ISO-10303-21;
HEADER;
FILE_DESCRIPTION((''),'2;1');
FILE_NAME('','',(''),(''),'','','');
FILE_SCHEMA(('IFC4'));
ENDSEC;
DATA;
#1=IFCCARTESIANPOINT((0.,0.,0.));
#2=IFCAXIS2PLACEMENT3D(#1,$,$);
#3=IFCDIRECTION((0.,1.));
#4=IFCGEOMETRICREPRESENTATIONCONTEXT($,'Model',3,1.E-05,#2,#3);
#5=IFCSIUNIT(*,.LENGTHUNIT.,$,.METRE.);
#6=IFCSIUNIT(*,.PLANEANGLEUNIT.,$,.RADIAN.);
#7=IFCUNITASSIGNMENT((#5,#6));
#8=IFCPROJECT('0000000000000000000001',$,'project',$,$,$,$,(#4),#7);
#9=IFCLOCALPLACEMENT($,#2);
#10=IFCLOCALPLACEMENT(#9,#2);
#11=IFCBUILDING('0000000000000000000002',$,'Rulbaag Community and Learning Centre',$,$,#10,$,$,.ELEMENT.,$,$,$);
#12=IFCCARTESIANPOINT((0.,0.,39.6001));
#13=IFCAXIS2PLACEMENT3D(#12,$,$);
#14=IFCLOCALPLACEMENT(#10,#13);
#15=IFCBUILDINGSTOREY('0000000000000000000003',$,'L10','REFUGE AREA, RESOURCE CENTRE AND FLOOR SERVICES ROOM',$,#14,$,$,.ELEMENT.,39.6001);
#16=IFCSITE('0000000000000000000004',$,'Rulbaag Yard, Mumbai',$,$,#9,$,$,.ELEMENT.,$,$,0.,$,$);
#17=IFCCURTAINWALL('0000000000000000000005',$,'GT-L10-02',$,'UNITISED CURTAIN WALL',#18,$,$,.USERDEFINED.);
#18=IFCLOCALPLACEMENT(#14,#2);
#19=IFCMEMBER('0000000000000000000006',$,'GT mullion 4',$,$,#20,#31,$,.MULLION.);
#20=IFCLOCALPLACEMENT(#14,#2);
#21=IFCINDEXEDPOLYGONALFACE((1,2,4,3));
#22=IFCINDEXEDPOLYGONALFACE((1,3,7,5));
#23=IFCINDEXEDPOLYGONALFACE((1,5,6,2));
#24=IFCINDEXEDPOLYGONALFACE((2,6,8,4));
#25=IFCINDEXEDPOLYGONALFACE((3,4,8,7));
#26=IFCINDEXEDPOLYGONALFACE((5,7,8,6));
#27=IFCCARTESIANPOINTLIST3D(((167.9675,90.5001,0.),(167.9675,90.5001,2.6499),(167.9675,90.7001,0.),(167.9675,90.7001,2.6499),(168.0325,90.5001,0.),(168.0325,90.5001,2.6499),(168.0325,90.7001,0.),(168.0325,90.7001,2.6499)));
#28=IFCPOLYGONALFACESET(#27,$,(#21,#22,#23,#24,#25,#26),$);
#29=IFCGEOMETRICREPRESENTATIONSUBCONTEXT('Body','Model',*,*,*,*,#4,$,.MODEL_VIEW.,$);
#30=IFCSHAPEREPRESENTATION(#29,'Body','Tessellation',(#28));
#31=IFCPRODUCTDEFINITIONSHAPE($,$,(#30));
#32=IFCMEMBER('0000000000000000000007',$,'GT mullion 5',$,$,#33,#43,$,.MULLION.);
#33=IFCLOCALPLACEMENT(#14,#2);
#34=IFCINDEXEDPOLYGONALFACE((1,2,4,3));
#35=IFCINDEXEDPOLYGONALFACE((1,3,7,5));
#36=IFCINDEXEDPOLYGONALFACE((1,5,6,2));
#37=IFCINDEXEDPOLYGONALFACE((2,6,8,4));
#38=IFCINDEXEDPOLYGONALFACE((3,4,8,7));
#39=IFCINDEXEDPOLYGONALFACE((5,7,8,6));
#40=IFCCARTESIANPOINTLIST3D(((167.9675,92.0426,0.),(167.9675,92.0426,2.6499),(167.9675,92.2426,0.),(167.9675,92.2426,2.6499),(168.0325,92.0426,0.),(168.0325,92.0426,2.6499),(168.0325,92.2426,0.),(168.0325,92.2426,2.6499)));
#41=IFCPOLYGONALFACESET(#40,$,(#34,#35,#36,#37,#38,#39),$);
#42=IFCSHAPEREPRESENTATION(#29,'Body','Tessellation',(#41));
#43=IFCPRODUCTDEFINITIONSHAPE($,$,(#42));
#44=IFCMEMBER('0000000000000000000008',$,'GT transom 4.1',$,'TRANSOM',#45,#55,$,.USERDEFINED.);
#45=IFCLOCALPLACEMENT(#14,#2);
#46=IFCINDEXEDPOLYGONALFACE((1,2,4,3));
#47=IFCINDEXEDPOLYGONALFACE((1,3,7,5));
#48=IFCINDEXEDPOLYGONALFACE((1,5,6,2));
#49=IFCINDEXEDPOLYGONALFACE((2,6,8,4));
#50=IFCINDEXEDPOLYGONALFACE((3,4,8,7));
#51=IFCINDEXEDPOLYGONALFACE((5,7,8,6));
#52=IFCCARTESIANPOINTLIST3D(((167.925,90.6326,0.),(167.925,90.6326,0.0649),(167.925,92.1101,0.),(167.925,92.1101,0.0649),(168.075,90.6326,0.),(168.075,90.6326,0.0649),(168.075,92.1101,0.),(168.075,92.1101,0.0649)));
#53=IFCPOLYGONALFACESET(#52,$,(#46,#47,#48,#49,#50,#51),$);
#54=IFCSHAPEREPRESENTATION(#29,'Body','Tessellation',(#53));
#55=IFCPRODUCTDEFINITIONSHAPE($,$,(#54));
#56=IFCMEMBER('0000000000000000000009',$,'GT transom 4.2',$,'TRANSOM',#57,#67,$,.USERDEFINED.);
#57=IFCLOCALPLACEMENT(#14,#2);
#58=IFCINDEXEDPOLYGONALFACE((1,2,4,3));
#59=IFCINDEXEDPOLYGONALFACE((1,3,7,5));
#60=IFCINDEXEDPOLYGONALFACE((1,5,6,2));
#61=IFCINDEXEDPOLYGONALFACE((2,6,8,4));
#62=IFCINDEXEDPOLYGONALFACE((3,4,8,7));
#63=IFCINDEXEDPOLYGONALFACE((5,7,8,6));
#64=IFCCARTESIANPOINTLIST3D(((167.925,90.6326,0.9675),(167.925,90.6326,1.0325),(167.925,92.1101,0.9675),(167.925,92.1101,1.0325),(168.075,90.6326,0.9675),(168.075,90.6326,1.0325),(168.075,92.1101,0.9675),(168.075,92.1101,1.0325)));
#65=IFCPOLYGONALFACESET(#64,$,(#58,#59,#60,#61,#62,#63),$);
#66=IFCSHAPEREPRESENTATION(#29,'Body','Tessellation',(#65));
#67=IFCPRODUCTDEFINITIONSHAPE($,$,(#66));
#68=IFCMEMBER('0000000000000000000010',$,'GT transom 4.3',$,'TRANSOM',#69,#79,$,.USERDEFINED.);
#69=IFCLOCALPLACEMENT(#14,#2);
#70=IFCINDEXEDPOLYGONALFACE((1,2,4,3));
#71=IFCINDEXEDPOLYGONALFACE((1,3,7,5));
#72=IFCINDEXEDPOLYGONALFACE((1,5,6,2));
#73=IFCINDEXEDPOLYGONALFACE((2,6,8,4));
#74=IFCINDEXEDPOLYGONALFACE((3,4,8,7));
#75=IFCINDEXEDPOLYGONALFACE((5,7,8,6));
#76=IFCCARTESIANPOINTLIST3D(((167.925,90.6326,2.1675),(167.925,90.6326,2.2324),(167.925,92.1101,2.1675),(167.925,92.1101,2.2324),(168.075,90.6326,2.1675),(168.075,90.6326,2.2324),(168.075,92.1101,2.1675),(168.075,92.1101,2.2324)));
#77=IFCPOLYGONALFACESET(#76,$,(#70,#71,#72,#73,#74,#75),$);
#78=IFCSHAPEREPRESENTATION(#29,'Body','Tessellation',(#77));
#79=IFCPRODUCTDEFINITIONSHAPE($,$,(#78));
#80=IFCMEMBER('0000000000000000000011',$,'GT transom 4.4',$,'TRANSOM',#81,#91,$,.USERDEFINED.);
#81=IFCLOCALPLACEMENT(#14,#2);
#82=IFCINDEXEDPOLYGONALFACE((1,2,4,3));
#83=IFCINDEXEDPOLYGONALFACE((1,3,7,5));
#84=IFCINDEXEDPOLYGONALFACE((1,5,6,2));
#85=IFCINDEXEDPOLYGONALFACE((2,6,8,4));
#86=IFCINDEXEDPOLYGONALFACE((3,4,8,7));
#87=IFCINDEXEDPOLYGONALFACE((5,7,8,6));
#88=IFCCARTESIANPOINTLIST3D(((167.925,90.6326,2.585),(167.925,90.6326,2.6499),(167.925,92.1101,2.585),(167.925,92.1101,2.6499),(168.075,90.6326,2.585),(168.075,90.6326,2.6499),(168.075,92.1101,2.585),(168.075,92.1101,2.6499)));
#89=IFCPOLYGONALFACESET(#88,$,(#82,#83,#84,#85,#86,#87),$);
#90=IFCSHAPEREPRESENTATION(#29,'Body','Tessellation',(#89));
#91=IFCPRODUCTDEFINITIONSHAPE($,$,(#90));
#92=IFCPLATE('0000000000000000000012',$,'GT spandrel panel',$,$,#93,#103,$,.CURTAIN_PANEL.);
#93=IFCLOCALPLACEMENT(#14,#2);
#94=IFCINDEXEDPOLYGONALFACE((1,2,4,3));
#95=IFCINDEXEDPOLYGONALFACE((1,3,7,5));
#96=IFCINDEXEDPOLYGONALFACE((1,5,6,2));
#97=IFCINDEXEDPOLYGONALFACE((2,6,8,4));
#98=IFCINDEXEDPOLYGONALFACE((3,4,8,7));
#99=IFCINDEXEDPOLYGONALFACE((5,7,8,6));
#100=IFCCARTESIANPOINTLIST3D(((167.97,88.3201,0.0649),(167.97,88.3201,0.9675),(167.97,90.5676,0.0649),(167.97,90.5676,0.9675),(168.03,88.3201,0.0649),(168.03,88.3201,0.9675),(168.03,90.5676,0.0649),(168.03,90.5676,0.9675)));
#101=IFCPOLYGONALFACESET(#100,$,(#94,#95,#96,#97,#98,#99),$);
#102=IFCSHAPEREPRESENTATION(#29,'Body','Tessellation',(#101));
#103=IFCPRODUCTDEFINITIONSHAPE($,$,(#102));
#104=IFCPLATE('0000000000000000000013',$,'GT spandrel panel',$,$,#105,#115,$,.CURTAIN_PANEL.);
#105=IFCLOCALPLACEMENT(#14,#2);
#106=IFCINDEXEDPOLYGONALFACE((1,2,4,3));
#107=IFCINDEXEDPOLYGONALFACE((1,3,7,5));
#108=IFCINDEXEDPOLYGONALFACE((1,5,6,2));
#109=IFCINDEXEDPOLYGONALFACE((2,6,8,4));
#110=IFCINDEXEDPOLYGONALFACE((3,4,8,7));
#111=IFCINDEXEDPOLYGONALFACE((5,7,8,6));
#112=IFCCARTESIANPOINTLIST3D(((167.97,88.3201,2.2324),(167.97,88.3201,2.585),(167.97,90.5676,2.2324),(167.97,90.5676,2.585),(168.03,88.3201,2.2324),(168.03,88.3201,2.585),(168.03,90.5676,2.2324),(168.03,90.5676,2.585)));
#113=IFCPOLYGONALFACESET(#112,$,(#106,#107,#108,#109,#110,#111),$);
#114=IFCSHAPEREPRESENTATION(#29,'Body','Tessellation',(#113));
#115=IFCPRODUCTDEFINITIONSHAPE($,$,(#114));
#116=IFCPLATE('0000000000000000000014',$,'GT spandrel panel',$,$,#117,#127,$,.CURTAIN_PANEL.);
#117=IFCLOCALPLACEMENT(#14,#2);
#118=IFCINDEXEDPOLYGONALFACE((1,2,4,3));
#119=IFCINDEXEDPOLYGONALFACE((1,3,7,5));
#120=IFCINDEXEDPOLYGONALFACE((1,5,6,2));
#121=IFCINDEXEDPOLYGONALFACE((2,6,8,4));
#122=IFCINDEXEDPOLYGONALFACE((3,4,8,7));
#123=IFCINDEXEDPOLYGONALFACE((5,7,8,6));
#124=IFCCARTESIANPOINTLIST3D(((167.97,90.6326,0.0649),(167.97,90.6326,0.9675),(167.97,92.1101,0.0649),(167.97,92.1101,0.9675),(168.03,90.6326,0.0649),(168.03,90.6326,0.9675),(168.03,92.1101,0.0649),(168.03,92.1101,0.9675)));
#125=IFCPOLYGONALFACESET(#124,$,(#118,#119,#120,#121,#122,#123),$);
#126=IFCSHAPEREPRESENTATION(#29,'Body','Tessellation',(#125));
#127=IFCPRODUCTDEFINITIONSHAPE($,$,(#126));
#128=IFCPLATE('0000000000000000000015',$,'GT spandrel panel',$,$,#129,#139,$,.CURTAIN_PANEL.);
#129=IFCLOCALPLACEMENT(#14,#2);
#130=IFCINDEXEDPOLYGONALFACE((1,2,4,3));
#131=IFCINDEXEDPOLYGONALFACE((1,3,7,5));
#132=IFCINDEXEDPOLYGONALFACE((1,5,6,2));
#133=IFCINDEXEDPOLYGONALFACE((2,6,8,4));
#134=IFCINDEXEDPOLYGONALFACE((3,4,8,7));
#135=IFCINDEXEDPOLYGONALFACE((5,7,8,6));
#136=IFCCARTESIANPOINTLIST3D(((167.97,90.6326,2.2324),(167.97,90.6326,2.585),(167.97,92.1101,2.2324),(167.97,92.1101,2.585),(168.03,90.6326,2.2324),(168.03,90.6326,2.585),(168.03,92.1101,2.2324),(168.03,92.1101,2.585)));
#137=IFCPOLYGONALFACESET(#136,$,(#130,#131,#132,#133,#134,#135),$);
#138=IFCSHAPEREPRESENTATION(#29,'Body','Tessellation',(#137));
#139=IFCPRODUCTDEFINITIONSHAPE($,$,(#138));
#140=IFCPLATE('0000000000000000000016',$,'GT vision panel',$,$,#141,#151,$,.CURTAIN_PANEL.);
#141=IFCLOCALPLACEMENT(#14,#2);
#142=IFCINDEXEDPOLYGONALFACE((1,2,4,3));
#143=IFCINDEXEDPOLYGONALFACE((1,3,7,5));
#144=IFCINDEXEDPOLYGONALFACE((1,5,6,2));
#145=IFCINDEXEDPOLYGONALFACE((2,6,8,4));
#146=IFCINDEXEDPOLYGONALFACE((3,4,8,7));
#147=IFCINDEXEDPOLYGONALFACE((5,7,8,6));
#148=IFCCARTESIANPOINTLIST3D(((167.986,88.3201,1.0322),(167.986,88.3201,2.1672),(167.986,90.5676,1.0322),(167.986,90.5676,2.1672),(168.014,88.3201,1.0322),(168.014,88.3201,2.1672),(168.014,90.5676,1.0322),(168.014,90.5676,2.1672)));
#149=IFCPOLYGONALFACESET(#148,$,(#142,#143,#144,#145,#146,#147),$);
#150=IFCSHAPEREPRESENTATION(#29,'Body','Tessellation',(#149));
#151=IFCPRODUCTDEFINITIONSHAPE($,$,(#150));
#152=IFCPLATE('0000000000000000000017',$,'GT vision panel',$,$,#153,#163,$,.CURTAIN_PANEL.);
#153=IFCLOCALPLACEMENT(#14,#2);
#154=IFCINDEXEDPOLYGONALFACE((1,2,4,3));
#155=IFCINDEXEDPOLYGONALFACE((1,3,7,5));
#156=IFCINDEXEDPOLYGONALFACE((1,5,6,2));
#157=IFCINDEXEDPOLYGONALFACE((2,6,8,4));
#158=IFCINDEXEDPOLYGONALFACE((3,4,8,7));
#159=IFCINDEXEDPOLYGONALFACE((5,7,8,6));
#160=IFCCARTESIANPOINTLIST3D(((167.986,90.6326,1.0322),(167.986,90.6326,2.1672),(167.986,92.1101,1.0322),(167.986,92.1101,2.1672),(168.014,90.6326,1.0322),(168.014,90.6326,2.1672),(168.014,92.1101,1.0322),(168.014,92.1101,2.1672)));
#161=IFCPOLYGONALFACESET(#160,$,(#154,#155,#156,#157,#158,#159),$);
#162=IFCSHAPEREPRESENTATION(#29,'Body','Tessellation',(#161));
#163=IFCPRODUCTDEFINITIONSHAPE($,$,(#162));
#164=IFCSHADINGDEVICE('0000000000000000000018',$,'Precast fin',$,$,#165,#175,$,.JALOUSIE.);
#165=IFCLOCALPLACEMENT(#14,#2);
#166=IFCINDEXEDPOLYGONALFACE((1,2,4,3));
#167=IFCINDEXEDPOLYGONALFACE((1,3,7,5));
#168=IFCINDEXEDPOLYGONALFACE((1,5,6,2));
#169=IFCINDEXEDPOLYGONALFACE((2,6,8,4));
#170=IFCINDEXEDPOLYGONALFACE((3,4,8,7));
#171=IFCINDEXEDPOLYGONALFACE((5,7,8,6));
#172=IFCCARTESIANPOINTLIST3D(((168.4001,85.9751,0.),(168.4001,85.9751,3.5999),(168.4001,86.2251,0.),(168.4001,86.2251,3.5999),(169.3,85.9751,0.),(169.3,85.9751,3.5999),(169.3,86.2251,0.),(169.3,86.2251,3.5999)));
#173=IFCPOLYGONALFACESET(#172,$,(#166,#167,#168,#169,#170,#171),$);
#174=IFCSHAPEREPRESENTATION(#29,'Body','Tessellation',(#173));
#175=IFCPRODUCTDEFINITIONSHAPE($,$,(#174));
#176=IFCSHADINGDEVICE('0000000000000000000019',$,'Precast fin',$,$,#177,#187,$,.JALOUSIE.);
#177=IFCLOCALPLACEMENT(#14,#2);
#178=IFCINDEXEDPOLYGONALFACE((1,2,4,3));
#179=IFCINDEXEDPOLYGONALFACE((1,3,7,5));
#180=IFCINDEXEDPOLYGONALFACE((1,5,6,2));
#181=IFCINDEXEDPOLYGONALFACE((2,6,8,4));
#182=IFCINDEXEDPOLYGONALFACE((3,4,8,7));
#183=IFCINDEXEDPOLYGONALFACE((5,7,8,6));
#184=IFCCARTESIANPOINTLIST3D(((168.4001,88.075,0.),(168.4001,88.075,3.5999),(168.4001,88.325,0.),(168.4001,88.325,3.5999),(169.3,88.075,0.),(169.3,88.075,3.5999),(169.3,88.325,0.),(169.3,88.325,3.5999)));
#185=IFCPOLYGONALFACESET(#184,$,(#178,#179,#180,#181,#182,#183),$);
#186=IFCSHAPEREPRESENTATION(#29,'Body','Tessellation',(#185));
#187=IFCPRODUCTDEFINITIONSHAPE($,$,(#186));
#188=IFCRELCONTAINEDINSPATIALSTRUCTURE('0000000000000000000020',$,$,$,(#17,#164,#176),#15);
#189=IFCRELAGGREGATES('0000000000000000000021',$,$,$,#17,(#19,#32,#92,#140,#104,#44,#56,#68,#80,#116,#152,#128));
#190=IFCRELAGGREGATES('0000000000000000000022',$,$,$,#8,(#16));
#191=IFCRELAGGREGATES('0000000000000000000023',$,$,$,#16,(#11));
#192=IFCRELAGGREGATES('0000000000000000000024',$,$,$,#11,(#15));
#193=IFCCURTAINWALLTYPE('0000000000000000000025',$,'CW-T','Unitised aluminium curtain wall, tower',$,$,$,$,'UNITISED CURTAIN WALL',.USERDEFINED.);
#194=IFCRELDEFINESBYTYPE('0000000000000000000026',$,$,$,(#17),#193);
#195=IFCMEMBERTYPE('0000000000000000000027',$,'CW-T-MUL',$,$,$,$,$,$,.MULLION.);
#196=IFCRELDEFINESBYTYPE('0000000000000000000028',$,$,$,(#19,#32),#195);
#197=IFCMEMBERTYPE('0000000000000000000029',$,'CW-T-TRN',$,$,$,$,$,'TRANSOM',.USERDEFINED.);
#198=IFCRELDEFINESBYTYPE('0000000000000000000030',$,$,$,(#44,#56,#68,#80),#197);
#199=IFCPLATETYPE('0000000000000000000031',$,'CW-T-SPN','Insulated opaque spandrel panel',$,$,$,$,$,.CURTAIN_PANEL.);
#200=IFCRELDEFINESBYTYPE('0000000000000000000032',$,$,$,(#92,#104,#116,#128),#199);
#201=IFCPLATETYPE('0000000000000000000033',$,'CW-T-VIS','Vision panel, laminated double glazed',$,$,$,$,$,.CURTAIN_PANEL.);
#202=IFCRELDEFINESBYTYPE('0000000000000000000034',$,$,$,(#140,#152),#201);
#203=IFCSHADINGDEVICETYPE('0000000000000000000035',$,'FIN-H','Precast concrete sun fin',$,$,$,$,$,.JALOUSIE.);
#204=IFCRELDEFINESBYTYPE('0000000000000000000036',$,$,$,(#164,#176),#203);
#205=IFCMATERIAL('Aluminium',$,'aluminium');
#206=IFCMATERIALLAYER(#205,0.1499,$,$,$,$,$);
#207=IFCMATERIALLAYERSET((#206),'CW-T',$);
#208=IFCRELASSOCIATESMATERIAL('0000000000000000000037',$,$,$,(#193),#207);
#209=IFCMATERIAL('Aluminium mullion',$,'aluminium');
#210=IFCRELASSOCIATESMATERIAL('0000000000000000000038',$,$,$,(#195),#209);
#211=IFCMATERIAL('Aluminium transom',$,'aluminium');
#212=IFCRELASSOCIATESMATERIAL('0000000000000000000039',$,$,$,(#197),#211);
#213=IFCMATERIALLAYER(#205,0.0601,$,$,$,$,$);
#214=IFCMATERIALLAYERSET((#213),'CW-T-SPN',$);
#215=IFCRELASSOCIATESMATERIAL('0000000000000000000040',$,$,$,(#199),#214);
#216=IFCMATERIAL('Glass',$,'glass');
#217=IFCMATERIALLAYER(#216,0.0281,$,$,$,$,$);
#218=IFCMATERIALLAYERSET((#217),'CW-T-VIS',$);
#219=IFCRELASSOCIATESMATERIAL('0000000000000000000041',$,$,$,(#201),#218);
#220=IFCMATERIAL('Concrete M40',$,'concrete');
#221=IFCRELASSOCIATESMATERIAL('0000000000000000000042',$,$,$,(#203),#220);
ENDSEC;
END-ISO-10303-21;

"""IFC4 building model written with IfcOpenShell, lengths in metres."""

from ifc_helpers import new_model, si_unit, direction, frame, origin, origin_2d, place, context, subcontext, project, spatial, rectangle, extrude, material, layer, layer_set, material_profile, profile_set, type_object, element, aggregate, save


model = new_model("IFC4")

# Units and contexts
model_context = context("Model", 3, precision=1e-05, world=origin(), true_north=direction((0.0, 1.0)))
body_context = subcontext(model_context, "Body", "Model", "MODEL_VIEW")
ifc_project = project(units=[si_unit("LENGTHUNIT", "METRE"), si_unit("PLANEANGLEUNIT", "RADIAN")], contexts=[model_context])

# Site, building, storey
site_placement = place(None, origin())
site = spatial("IfcSite", under=ifc_project, at=site_placement, Name="Rulbaag Yard, Mumbai", CompositionType="ELEMENT", RefElevation=0.0)
building_placement = place(site_placement, origin())
building = spatial("IfcBuilding", under=site, at=building_placement, Name="Rulbaag Community and Learning Centre", CompositionType="ELEMENT")
storey_placement = place(building_placement, frame((0.0, 0.0, 39.6001)))
storey = spatial("IfcBuildingStorey", under=building, at=storey_placement, Name="L10", Description="REFUGE AREA, RESOURCE CENTRE AND FLOOR SERVICES ROOM", CompositionType="ELEMENT", Elevation=39.6001)

# Curtain wall, members, plates
ifc_material_1 = material(Name="Aluminium", Category="aluminium")
ifc_layer_1 = layer(ifc_material_1, 0.1499)
ifc_layer_set_1 = layer_set([ifc_layer_1], Name="CW-T")
curtain_wall_type = type_object("IfcCurtainWallType", Name="CW-T", Description="Unitised aluminium curtain wall, tower", ElementType="UNITISED CURTAIN WALL", PredefinedType="USERDEFINED", material=ifc_layer_set_1)
curtain_wall_placement = place(storey_placement, origin())
curtain_wall = element("IfcCurtainWall", 1, at=curtain_wall_placement, inside=storey, type_object=curtain_wall_type, Name="GT-L10-02", ObjectType="UNITISED CURTAIN WALL", PredefinedType="USERDEFINED")
ifc_material_2 = material(Name="Aluminium mullion", Category="aluminium")
ifc_material_profile_1 = material_profile(ifc_material_2, rectangle(XDim=0.0649, YDim=0.2, at=origin_2d()), Name="AL 65x200")
ifc_profile_set_1 = profile_set([ifc_material_profile_1], Name="Aluminium mullion")
member_type_1 = type_object("IfcMemberType", Name="CW-T-MUL", PredefinedType="MULLION", material=ifc_profile_set_1)
member_1_placement = place(storey_placement, frame((168.0, 90.6001, 0.0), z_axis=(0.0, 0.0, 1.0), x_axis=(-1.0, 0.0, 0.0)))
member_1 = element("IfcMember", 2, at=member_1_placement, type_object=member_type_1, Name="GT mullion 4", PredefinedType="MULLION", context=body_context, shape_type="SweptSolid", body=[
    extrude(rectangle(XDim=0.0649, YDim=0.2, at=origin_2d()), origin(), (0.0, 0.0, 1.0), 2.6499),
])
member_2_placement = place(storey_placement, frame((168.0, 92.1426, 0.0), z_axis=(0.0, 0.0, 1.0), x_axis=(-1.0, 0.0, 0.0)))
member_2 = element("IfcMember", 3, at=member_2_placement, type_object=member_type_1, Name="GT mullion 5", PredefinedType="MULLION", context=body_context, shape_type="SweptSolid", body=[
    extrude(rectangle(XDim=0.0649, YDim=0.2, at=origin_2d()), origin(), (0.0, 0.0, 1.0), 2.6499),
])
ifc_material_3 = material(Name="Aluminium transom", Category="aluminium")
ifc_material_profile_2 = material_profile(ifc_material_3, rectangle(XDim=0.1499, YDim=0.0649, at=origin_2d()), Name="AL 65x150 T")
ifc_profile_set_2 = profile_set([ifc_material_profile_2], Name="Aluminium transom")
member_type_2 = type_object("IfcMemberType", Name="CW-T-TRN", ElementType="TRANSOM", PredefinedType="USERDEFINED", material=ifc_profile_set_2)
member_3_placement = place(storey_placement, frame((168.0, 90.6326, 0.0325), z_axis=(0.0, 1.0, 0.0), x_axis=(-1.0, 0.0, 0.0)))
member_3 = element("IfcMember", 4, at=member_3_placement, type_object=member_type_2, Name="GT transom 4.1", ObjectType="TRANSOM", PredefinedType="USERDEFINED", context=body_context, shape_type="SweptSolid", body=[
    extrude(rectangle(XDim=0.1499, YDim=0.0649, at=origin_2d()), origin(), (0.0, 0.0, 1.0), 1.4775),
])
member_4_placement = place(storey_placement, frame((168.0, 90.6326, 1.0), z_axis=(0.0, 1.0, 0.0), x_axis=(-1.0, 0.0, 0.0)))
member_4 = element("IfcMember", 5, at=member_4_placement, type_object=member_type_2, Name="GT transom 4.2", ObjectType="TRANSOM", PredefinedType="USERDEFINED", context=body_context, shape_type="SweptSolid", body=[
    extrude(rectangle(XDim=0.1499, YDim=0.0649, at=origin_2d()), origin(), (0.0, 0.0, 1.0), 1.4775),
])
member_5_placement = place(storey_placement, frame((168.0, 90.6326, 2.2), z_axis=(0.0, 1.0, 0.0), x_axis=(-1.0, 0.0, 0.0)))
member_5 = element("IfcMember", 6, at=member_5_placement, type_object=member_type_2, Name="GT transom 4.3", ObjectType="TRANSOM", PredefinedType="USERDEFINED", context=body_context, shape_type="SweptSolid", body=[
    extrude(rectangle(XDim=0.1499, YDim=0.0649, at=origin_2d()), origin(), (0.0, 0.0, 1.0), 1.4775),
])
member_6_placement = place(storey_placement, frame((168.0, 90.6326, 2.6174), z_axis=(0.0, 1.0, 0.0), x_axis=(-1.0, 0.0, 0.0)))
member_6 = element("IfcMember", 7, at=member_6_placement, type_object=member_type_2, Name="GT transom 4.4", ObjectType="TRANSOM", PredefinedType="USERDEFINED", context=body_context, shape_type="SweptSolid", body=[
    extrude(rectangle(XDim=0.1499, YDim=0.0649, at=origin_2d()), origin(), (0.0, 0.0, 1.0), 1.4775),
])
ifc_layer_2 = layer(ifc_material_1, 0.0601)
ifc_layer_set_2 = layer_set([ifc_layer_2], Name="CW-T-SPN")
plate_type_1 = type_object("IfcPlateType", Name="CW-T-SPN", Description="Insulated opaque spandrel panel", PredefinedType="CURTAIN_PANEL", material=ifc_layer_set_2)
plate_1_placement = place(storey_placement, frame((168.0, 89.4438, 0.0649), z_axis=(0.0, 0.0, 1.0), x_axis=(0.0, 1.0, 0.0)))
plate_1 = element("IfcPlate", 8, at=plate_1_placement, type_object=plate_type_1, Name="GT spandrel panel", PredefinedType="CURTAIN_PANEL", context=body_context, shape_type="SweptSolid", body=[
    extrude(rectangle(XDim=2.2476, YDim=0.0601, at=origin_2d()), origin(), (0.0, 0.0, 1.0), 0.9026),
])
plate_2_placement = place(storey_placement, frame((168.0, 89.4438, 2.2324), z_axis=(0.0, 0.0, 1.0), x_axis=(0.0, 1.0, 0.0)))
plate_2 = element("IfcPlate", 9, at=plate_2_placement, type_object=plate_type_1, Name="GT spandrel panel", PredefinedType="CURTAIN_PANEL", context=body_context, shape_type="SweptSolid", body=[
    extrude(rectangle(XDim=2.2476, YDim=0.0601, at=origin_2d()), origin(), (0.0, 0.0, 1.0), 0.3525),
])
plate_3_placement = place(storey_placement, frame((168.0, 91.3713, 0.0649), z_axis=(0.0, 0.0, 1.0), x_axis=(0.0, 1.0, 0.0)))
plate_3 = element("IfcPlate", 10, at=plate_3_placement, type_object=plate_type_1, Name="GT spandrel panel", PredefinedType="CURTAIN_PANEL", context=body_context, shape_type="SweptSolid", body=[
    extrude(rectangle(XDim=1.4775, YDim=0.0601, at=origin_2d()), origin(), (0.0, 0.0, 1.0), 0.9026),
])
plate_4_placement = place(storey_placement, frame((168.0, 91.3713, 2.2324), z_axis=(0.0, 0.0, 1.0), x_axis=(0.0, 1.0, 0.0)))
plate_4 = element("IfcPlate", 11, at=plate_4_placement, type_object=plate_type_1, Name="GT spandrel panel", PredefinedType="CURTAIN_PANEL", context=body_context, shape_type="SweptSolid", body=[
    extrude(rectangle(XDim=1.4775, YDim=0.0601, at=origin_2d()), origin(), (0.0, 0.0, 1.0), 0.3525),
])
ifc_material_4 = material(Name="Glass", Category="glass")
ifc_layer_3 = layer(ifc_material_4, 0.0281)
ifc_layer_set_3 = layer_set([ifc_layer_3], Name="CW-T-VIS")
plate_type_2 = type_object("IfcPlateType", Name="CW-T-VIS", Description="Vision panel, laminated double glazed", PredefinedType="CURTAIN_PANEL", material=ifc_layer_set_3)
plate_5_placement = place(storey_placement, frame((168.0, 89.4438, 1.0322), z_axis=(0.0, 0.0, 1.0), x_axis=(0.0, 1.0, 0.0)))
plate_5 = element("IfcPlate", 12, at=plate_5_placement, type_object=plate_type_2, Name="GT vision panel", PredefinedType="CURTAIN_PANEL", context=body_context, shape_type="SweptSolid", body=[
    extrude(rectangle(XDim=2.2476, YDim=0.0281, at=origin_2d()), origin(), (0.0, 0.0, 1.0), 1.135),
])
plate_6_placement = place(storey_placement, frame((168.0, 91.3713, 1.0322), z_axis=(0.0, 0.0, 1.0), x_axis=(0.0, 1.0, 0.0)))
plate_6 = element("IfcPlate", 13, at=plate_6_placement, type_object=plate_type_2, Name="GT vision panel", PredefinedType="CURTAIN_PANEL", context=body_context, shape_type="SweptSolid", body=[
    extrude(rectangle(XDim=1.4775, YDim=0.0281, at=origin_2d()), origin(), (0.0, 0.0, 1.0), 1.135),
])
aggregate(curtain_wall, [member_1, member_2, plate_1, plate_5, plate_2, member_3, member_4, member_5, member_6, plate_3, plate_6, plate_4])

# Shading devices
ifc_material_5 = material(Name="Concrete M40", Category="concrete")
ifc_material_profile_3 = material_profile(ifc_material_5, rectangle(XDim=0.25, YDim=0.8999, at=origin_2d()), Name="PC 250x900")
ifc_profile_set_3 = profile_set([ifc_material_profile_3], Name="Concrete M40")
shading_device_type_1 = type_object("IfcShadingDeviceType", Name="FIN-H", Description="Precast concrete sun fin", PredefinedType="JALOUSIE", material=ifc_profile_set_3)
for number, where, z_axis, x_axis, name in (
    (14, (168.8501, 86.1001, 0.0), (0.0, 0.0, 1.0), (0.0, 1.0, 0.0), "Precast fin"),
    (15, (168.8501, 88.2, 0.0), (0.0, 0.0, 1.0), (0.0, 1.0, 0.0), "Precast fin"),
):
    element("IfcShadingDevice", number, at=place(storey_placement, frame(where, z_axis=z_axis, x_axis=x_axis)), inside=storey, type_object=shading_device_type_1, Name=name, PredefinedType="JALOUSIE", context=body_context, shape_type="SweptSolid", body=[
        extrude(rectangle(XDim=0.25, YDim=0.8999, at=origin_2d()), origin(), (0.0, 0.0, 1.0), 3.5999),
    ])

save(model, "model.ifc")
